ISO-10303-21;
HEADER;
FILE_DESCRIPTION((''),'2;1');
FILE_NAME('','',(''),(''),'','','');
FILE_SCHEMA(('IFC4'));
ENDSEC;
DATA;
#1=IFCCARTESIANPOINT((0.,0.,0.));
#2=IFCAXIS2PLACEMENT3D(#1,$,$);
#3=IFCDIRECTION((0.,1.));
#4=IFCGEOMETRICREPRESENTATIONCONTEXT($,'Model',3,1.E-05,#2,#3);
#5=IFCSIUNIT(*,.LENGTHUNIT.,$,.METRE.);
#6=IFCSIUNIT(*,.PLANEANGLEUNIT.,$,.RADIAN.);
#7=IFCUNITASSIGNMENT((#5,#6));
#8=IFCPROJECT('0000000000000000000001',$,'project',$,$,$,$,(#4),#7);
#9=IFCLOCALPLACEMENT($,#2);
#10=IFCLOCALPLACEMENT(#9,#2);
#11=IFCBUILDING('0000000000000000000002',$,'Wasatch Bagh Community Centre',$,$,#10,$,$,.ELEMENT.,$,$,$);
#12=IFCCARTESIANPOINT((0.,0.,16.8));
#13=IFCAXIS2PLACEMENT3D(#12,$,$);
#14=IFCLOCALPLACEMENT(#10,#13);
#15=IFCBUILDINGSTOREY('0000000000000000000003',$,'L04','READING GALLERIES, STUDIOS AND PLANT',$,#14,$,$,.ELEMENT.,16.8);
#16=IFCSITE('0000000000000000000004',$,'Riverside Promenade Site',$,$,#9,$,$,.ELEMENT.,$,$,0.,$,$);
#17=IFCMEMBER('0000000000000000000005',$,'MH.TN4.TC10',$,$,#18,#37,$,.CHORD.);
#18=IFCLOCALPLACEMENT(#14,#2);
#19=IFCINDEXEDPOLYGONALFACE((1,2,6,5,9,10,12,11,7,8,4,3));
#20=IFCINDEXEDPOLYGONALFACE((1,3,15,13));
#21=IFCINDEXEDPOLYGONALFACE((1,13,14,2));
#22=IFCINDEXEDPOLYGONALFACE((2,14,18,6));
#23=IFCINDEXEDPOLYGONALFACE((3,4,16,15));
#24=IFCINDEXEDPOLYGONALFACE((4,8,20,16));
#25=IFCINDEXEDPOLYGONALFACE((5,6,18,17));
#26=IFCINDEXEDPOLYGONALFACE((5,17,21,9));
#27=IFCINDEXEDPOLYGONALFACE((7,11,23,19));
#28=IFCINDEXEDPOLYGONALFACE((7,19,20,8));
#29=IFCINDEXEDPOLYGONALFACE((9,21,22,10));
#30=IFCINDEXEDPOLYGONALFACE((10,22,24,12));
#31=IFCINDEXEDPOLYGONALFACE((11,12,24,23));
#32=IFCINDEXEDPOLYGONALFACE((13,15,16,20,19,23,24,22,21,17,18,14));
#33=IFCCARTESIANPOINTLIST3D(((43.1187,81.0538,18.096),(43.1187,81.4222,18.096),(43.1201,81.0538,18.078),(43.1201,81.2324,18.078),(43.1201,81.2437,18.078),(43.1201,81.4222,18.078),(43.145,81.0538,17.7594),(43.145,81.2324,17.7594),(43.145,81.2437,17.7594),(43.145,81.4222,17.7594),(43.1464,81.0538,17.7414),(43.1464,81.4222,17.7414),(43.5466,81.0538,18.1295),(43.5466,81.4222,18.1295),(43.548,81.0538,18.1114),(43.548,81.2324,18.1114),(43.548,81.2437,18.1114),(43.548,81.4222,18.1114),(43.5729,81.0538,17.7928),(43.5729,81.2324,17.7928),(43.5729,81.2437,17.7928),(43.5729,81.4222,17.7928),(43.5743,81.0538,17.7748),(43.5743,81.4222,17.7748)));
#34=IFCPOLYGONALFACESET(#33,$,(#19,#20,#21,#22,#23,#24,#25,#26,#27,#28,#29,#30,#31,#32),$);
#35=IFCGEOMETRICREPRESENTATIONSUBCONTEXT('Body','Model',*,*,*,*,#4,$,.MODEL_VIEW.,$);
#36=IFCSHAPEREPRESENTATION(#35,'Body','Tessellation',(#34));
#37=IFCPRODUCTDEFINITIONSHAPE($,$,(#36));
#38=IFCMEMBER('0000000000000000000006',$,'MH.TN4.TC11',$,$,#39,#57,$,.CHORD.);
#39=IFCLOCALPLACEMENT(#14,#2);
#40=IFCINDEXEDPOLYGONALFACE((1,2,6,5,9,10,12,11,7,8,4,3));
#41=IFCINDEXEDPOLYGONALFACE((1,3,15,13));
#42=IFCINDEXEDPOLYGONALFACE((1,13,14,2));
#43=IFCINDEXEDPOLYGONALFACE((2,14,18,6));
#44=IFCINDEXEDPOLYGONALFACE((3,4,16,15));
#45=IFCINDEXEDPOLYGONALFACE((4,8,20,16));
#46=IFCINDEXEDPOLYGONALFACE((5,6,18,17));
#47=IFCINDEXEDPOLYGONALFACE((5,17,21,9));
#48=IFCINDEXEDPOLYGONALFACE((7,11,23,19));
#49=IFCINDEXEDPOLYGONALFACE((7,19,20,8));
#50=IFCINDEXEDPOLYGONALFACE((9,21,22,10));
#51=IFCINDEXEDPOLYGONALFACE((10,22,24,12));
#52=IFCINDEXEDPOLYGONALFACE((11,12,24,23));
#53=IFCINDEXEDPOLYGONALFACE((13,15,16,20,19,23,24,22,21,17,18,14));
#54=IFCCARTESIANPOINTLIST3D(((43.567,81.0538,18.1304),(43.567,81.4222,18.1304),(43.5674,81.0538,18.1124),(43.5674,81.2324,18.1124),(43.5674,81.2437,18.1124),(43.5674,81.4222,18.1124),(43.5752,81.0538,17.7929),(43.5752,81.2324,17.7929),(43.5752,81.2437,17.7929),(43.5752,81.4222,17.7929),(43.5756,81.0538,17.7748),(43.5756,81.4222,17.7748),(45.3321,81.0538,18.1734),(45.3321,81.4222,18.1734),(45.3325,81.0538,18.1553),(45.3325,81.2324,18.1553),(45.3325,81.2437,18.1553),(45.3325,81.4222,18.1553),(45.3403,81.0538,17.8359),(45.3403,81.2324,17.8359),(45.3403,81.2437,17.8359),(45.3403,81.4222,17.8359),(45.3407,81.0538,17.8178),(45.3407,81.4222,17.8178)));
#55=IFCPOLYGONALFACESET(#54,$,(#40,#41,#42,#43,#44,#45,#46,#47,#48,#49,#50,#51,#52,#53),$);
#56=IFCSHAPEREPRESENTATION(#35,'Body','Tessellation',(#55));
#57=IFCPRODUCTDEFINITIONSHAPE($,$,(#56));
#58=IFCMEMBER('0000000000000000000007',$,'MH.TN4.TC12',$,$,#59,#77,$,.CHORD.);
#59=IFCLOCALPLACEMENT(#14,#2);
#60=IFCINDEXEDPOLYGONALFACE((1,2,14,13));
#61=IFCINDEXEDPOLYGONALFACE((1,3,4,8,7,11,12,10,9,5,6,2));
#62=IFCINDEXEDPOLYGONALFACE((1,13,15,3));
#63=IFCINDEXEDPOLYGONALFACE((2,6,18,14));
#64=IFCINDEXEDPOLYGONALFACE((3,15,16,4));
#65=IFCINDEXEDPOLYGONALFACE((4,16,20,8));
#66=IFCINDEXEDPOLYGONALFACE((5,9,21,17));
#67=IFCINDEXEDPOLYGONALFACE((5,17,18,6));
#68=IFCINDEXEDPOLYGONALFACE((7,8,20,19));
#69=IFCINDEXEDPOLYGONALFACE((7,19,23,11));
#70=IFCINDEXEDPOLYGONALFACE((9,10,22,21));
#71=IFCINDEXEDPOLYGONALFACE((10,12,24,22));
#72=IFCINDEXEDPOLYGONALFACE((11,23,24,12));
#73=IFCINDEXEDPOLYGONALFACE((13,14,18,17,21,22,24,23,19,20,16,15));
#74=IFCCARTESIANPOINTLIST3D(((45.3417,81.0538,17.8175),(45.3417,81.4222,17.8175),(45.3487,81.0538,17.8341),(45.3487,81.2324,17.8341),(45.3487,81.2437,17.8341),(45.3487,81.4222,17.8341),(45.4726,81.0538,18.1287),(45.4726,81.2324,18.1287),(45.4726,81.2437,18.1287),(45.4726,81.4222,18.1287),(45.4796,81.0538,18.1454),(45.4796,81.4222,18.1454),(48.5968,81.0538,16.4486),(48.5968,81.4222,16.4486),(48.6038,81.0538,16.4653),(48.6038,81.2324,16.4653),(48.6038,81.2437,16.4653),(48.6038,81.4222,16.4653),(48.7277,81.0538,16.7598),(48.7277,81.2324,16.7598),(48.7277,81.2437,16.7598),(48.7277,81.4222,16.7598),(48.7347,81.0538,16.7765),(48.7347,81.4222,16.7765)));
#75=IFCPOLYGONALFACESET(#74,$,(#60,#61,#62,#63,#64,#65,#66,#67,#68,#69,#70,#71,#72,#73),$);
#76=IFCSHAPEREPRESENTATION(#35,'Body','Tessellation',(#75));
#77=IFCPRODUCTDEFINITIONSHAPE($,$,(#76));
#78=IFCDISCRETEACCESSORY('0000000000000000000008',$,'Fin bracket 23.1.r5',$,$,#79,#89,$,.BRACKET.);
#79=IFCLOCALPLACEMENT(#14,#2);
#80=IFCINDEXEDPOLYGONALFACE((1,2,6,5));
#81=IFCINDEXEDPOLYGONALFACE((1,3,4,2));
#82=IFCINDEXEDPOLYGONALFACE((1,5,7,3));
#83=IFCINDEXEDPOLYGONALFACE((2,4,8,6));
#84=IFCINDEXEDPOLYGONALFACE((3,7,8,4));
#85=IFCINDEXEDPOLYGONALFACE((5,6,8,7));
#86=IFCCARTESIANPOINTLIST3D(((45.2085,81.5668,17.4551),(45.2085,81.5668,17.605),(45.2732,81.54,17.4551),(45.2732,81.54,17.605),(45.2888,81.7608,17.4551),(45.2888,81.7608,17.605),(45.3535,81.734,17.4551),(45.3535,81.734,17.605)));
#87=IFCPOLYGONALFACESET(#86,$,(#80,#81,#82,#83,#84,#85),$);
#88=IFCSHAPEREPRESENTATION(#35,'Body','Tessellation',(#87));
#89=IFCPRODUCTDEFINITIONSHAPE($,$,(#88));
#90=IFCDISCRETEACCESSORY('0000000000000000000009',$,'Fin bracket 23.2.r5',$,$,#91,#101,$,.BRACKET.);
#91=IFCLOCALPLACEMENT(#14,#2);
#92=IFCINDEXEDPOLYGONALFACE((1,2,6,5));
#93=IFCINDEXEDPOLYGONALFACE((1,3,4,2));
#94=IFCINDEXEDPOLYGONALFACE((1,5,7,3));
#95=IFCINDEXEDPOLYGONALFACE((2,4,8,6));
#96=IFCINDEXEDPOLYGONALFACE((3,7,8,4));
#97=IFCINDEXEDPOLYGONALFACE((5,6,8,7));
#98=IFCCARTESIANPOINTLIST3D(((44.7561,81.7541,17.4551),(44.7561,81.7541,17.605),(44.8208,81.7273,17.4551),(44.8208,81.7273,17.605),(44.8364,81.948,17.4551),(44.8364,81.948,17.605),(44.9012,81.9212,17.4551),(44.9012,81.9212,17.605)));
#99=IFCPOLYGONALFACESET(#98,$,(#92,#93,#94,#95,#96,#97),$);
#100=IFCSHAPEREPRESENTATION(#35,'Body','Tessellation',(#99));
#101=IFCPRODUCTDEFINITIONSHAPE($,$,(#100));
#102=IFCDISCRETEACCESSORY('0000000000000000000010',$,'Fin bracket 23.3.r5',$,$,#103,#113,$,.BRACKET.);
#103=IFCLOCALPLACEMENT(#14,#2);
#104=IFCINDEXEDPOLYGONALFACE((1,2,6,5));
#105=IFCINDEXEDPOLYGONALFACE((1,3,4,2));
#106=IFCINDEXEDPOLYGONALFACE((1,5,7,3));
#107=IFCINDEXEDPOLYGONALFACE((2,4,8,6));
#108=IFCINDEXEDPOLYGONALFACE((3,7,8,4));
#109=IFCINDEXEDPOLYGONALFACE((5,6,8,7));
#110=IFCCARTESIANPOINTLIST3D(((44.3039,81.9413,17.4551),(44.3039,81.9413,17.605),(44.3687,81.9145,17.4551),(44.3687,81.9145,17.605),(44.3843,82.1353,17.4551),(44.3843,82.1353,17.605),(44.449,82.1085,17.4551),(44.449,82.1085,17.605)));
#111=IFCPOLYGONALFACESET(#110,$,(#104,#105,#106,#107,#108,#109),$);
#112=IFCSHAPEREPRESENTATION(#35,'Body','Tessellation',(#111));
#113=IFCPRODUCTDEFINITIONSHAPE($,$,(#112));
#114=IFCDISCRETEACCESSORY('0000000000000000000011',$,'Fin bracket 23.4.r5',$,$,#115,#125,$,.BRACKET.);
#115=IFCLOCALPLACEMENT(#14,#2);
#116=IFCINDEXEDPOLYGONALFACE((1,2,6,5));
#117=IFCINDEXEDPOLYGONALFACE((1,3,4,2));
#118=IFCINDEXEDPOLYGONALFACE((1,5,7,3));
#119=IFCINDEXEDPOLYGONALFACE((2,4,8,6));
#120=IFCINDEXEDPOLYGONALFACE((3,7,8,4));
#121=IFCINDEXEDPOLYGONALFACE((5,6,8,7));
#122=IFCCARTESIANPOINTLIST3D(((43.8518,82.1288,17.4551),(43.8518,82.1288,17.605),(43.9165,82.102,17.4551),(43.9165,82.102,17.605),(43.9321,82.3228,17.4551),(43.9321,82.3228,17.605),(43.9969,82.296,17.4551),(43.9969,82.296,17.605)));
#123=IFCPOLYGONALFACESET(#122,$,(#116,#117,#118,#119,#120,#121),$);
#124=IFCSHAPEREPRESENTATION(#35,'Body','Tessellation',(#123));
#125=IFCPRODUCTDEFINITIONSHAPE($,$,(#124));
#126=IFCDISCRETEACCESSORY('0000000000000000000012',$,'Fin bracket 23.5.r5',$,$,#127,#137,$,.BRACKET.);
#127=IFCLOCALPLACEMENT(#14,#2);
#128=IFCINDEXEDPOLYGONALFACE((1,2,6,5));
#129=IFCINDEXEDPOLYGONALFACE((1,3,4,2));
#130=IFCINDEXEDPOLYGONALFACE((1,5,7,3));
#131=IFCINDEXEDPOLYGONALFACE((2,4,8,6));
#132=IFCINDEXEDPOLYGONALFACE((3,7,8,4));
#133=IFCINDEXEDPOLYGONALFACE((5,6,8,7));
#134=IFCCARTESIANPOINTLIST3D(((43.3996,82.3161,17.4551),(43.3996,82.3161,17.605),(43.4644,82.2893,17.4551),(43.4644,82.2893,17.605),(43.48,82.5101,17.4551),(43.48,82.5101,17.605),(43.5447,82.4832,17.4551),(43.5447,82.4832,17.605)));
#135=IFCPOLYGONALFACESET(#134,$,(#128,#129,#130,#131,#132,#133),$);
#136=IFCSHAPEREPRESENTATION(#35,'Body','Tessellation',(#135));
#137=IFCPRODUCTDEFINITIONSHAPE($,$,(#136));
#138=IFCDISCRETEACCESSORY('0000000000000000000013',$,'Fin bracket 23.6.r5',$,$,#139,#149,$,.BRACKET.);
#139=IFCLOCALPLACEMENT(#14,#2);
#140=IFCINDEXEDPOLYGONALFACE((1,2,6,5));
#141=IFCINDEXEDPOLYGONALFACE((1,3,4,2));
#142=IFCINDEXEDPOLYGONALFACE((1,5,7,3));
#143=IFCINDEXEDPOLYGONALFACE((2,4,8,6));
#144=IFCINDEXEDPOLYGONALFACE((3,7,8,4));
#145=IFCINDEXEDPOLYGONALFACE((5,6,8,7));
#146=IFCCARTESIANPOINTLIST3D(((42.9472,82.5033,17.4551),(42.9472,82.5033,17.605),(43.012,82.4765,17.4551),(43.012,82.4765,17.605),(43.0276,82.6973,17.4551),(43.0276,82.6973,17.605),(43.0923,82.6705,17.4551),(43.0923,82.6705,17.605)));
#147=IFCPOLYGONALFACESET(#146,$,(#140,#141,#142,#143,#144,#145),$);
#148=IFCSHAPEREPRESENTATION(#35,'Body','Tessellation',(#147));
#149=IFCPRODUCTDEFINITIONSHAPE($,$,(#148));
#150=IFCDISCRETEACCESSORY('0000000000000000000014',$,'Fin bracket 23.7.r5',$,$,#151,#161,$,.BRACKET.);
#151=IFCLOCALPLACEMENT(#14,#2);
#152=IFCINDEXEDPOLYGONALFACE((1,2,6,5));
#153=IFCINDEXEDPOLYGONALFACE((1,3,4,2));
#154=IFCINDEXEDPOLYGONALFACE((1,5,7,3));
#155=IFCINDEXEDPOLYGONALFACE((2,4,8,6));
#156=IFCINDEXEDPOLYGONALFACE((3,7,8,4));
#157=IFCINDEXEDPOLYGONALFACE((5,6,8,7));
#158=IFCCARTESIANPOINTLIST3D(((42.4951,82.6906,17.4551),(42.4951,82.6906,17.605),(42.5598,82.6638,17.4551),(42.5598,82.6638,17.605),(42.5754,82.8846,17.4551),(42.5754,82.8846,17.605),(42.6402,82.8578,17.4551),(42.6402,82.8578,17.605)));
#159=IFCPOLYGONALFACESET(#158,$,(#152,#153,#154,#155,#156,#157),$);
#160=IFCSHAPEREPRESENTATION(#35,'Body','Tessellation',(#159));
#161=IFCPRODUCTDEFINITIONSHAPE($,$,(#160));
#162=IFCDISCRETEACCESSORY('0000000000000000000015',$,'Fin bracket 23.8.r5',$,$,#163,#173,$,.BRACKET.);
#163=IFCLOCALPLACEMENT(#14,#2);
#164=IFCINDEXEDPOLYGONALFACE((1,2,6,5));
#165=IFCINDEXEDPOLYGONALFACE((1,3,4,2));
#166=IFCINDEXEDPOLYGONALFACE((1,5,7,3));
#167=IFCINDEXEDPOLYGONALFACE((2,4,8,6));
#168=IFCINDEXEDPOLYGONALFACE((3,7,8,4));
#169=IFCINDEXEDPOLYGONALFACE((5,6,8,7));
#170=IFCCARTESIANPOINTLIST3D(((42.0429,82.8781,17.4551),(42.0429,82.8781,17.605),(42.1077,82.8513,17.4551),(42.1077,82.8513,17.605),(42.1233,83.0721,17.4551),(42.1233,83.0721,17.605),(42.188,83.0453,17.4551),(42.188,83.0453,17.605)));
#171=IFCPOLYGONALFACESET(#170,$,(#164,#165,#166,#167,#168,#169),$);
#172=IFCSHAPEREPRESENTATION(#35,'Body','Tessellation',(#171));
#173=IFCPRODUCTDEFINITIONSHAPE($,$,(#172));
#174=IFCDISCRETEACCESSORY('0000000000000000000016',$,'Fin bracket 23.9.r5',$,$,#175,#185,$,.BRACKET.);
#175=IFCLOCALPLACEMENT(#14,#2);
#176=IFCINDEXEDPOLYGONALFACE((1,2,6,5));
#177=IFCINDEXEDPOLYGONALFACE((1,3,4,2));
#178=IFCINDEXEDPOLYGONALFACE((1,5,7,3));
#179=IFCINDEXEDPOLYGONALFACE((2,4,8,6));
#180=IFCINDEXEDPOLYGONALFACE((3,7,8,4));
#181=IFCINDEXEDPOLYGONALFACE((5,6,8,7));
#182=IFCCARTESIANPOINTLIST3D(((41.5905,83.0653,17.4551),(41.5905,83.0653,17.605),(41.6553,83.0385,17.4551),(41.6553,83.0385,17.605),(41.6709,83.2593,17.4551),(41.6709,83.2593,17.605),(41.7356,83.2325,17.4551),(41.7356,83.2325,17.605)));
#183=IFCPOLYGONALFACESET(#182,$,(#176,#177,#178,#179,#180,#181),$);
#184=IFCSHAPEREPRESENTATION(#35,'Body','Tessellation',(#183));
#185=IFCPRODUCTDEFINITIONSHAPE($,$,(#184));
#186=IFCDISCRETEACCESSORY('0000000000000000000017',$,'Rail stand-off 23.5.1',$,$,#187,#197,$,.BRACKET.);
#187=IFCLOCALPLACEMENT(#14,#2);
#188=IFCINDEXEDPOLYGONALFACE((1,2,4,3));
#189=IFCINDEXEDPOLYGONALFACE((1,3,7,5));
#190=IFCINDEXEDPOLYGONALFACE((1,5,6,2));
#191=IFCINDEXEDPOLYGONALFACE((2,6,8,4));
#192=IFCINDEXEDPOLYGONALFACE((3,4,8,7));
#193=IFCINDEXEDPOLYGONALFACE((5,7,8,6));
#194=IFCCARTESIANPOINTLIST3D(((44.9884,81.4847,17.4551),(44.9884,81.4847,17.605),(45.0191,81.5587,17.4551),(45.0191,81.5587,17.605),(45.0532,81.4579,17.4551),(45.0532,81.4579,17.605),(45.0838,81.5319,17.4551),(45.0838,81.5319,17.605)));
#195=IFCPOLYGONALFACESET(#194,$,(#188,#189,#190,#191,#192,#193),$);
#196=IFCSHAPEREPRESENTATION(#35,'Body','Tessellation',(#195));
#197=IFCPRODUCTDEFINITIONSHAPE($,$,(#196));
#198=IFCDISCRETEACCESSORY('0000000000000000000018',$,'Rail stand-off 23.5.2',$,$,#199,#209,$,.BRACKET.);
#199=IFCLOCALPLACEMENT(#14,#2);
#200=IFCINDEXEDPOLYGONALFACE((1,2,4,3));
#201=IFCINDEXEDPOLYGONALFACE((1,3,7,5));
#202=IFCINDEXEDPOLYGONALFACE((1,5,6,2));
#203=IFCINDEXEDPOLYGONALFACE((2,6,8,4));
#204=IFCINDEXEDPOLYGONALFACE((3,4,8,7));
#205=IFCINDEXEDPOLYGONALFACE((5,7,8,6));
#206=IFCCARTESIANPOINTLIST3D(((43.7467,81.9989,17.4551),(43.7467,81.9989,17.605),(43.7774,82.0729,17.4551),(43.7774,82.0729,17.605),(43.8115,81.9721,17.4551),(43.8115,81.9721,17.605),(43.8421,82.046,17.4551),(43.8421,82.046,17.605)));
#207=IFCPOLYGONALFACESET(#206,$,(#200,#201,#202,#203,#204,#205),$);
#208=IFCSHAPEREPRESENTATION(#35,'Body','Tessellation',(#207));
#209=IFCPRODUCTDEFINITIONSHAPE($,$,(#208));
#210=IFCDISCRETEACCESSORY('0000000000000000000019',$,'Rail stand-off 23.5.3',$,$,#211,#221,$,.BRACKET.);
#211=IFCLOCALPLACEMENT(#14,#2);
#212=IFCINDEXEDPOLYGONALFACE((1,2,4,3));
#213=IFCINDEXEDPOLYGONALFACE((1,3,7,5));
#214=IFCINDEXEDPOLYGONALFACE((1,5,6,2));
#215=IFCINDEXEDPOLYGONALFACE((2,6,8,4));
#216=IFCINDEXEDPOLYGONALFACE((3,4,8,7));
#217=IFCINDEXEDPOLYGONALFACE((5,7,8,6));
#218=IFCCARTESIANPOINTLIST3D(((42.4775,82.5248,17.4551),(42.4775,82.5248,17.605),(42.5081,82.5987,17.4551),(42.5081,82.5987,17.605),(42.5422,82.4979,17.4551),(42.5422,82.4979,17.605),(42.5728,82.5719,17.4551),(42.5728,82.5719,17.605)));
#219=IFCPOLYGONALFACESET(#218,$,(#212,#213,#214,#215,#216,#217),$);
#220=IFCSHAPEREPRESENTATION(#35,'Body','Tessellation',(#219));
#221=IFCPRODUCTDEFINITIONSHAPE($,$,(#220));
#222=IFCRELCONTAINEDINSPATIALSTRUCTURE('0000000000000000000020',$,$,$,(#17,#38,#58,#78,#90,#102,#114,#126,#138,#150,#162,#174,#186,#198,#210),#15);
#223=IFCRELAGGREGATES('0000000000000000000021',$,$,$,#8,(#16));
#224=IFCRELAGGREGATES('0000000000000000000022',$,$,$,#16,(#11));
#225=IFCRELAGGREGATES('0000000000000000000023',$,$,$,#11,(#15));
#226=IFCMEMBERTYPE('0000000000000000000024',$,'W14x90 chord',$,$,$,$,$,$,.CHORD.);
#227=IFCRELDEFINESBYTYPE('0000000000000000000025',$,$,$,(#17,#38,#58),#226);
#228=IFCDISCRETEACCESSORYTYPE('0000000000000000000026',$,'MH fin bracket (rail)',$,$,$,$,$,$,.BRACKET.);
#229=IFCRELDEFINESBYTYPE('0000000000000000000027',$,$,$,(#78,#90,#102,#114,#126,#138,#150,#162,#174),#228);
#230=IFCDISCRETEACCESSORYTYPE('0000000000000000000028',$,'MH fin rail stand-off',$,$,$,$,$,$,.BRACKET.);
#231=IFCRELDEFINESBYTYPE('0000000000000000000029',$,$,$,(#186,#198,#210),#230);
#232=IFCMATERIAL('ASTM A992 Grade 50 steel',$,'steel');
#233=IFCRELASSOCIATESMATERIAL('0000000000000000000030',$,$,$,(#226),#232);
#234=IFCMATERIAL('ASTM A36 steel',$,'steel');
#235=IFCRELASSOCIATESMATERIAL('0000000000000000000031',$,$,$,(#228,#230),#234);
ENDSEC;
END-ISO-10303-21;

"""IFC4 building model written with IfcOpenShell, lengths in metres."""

from ifc_helpers import new_model, si_unit, direction, frame, origin, origin_2d, place, context, subcontext, project, spatial, rectangle, i_section, extrude, material, material_profile, profile_set, type_object, element, save


model = new_model("IFC4")

# Units and contexts
model_context = context("Model", 3, precision=1e-05, world=origin(), true_north=direction((0.0, 1.0)))
body_context = subcontext(model_context, "Body", "Model", "MODEL_VIEW")
ifc_project = project(units=[si_unit("LENGTHUNIT", "METRE"), si_unit("PLANEANGLEUNIT", "RADIAN")], contexts=[model_context])

# Site, building, storey
site_placement = place(None, origin())
site = spatial("IfcSite", under=ifc_project, at=site_placement, Name="Riverside Promenade Site", CompositionType="ELEMENT", RefElevation=0.0)
building_placement = place(site_placement, origin())
building = spatial("IfcBuilding", under=site, at=building_placement, Name="Wasatch Bagh Community Centre", CompositionType="ELEMENT")
storey_placement = place(building_placement, frame((0.0, 0.0, 16.8)))
storey = spatial("IfcBuildingStorey", under=building, at=storey_placement, Name="L04", Description="READING GALLERIES, STUDIOS AND PLANT", CompositionType="ELEMENT", Elevation=16.8)

# Shared definitions
ifc_material_1 = material(Name="ASTM A992 Grade 50 steel", Category="steel")

# Members
ifc_material_profile_1 = material_profile(ifc_material_1, i_section(OverallWidth=0.3684, OverallDepth=0.3557, WebThickness=0.0112, FlangeThickness=0.0181, at=origin_2d()), Name="W14x90")
ifc_profile_set_1 = profile_set([ifc_material_profile_1], Name="ASTM A992 Grade 50 steel")
member_type_1 = type_object("IfcMemberType", Name="W14x90 chord", PredefinedType="CHORD", material=ifc_profile_set_1)
member_1_placement = place(storey_placement, frame((43.1326, 81.238, 17.9187), z_axis=(0.99696, 0.0, 0.077914), x_axis=(0.0, 1.0, 0.0)))
element("IfcMember", 1, at=member_1_placement, inside=storey, type_object=member_type_1, Name="MH.TN4.TC10", PredefinedType="CHORD", context=body_context, shape_type="SweptSolid", body=[
    extrude(i_section(OverallWidth=0.3684, OverallDepth=0.3557, WebThickness=0.0112, FlangeThickness=0.0181, at=origin_2d()), origin(), (0.0, 0.0, 1.0), 0.4292),
])
member_2_placement = place(storey_placement, frame((43.5713, 81.238, 17.9526), z_axis=(0.999704, 0.0, 0.024336), x_axis=(0.0, 1.0, 0.0)))
element("IfcMember", 2, at=member_2_placement, inside=storey, type_object=member_type_1, Name="MH.TN4.TC11", PredefinedType="CHORD", context=body_context, shape_type="SweptSolid", body=[
    extrude(i_section(OverallWidth=0.3684, OverallDepth=0.3557, WebThickness=0.0112, FlangeThickness=0.0181, at=origin_2d()), origin(), (0.0, 0.0, 1.0), 1.7656),
])
member_3_placement = place(storey_placement, frame((45.4106, 81.238, 17.9814), z_axis=(0.921806, 0.0, -0.387652), x_axis=(0.0, 1.0, 0.0)))
element("IfcMember", 3, at=member_3_placement, inside=storey, type_object=member_type_1, Name="MH.TN4.TC12", PredefinedType="CHORD", context=body_context, shape_type="SweptSolid", body=[
    extrude(i_section(OverallWidth=0.3684, OverallDepth=0.3557, WebThickness=0.0112, FlangeThickness=0.0181, at=origin_2d()), origin(), (0.0, 0.0, 1.0), 3.5312),
])

# Discrete accessories
ifc_material_2 = material(Name="ASTM A36 steel", Category="steel")
discrete_accessory_type_1 = type_object("IfcDiscreteAccessoryType", Name="MH fin bracket (rail)", PredefinedType="BRACKET", material=ifc_material_2)
for number, where, z_axis, x_axis, name in (
    (4, (45.281, 81.6504, 17.4551), (0.0, 0.0, 1.0), (-0.92388, 0.382683, 0.0), "Fin bracket 23.1.r5"),
    (5, (44.8286, 81.8376, 17.4551), (0.0, 0.0, 1.0), (-0.92388, 0.382683, 0.0), "Fin bracket 23.2.r5"),
    (6, (44.3765, 82.0249, 17.4551), (0.0, 0.0, 1.0), (-0.92388, 0.382683, 0.0), "Fin bracket 23.3.r5"),
    (7, (43.9243, 82.2124, 17.4551), (0.0, 0.0, 1.0), (-0.92388, 0.382683, 0.0), "Fin bracket 23.4.r5"),
    (8, (43.4722, 82.3997, 17.4551), (0.0, 0.0, 1.0), (-0.92388, 0.382683, 0.0), "Fin bracket 23.5.r5"),
    (9, (43.0198, 82.5869, 17.4551), (0.0, 0.0, 1.0), (-0.92388, 0.382683, 0.0), "Fin bracket 23.6.r5"),
    (10, (42.5676, 82.7742, 17.4551), (0.0, 0.0, 1.0), (-0.92388, 0.382683, 0.0), "Fin bracket 23.7.r5"),
    (11, (42.1155, 82.9617, 17.4551), (0.0, 0.0, 1.0), (-0.92388, 0.382683, 0.0), "Fin bracket 23.8.r5"),
    (12, (41.6631, 83.1489, 17.4551), (0.0, 0.0, 1.0), (-0.92388, 0.382683, 0.0), "Fin bracket 23.9.r5"),
):
    element("IfcDiscreteAccessory", number, at=place(storey_placement, frame(where, z_axis=z_axis, x_axis=x_axis)), inside=storey, type_object=discrete_accessory_type_1, Name=name, PredefinedType="BRACKET", context=body_context, shape_type="SweptSolid", body=[
        extrude(rectangle(XDim=0.0701, YDim=0.21, at=origin_2d()), origin(), (0.0, 0.0, 1.0), 0.1499),
    ])
discrete_accessory_type_2 = type_object("IfcDiscreteAccessoryType", Name="MH fin rail stand-off", PredefinedType="BRACKET", material=ifc_material_2)
for number, where, z_axis, x_axis, name in (
    (13, (45.0361, 81.5083, 17.4551), (0.0, 0.0, 1.0), (-0.92388, 0.382683, 0.0), "Rail stand-off 23.5.1"),
    (14, (43.7944, 82.0225, 17.4551), (0.0, 0.0, 1.0), (-0.92388, 0.382683, 0.0), "Rail stand-off 23.5.2"),
    (15, (42.5251, 82.5483, 17.4551), (0.0, 0.0, 1.0), (-0.92388, 0.382683, 0.0), "Rail stand-off 23.5.3"),
):
    element("IfcDiscreteAccessory", number, at=place(storey_placement, frame(where, z_axis=z_axis, x_axis=x_axis)), inside=storey, type_object=discrete_accessory_type_2, Name=name, PredefinedType="BRACKET", context=body_context, shape_type="SweptSolid", body=[
        extrude(rectangle(XDim=0.0701, YDim=0.0801, at=origin_2d()), origin(), (0.0, 0.0, 1.0), 0.1499),
    ])

save(model, "model.ifc")
